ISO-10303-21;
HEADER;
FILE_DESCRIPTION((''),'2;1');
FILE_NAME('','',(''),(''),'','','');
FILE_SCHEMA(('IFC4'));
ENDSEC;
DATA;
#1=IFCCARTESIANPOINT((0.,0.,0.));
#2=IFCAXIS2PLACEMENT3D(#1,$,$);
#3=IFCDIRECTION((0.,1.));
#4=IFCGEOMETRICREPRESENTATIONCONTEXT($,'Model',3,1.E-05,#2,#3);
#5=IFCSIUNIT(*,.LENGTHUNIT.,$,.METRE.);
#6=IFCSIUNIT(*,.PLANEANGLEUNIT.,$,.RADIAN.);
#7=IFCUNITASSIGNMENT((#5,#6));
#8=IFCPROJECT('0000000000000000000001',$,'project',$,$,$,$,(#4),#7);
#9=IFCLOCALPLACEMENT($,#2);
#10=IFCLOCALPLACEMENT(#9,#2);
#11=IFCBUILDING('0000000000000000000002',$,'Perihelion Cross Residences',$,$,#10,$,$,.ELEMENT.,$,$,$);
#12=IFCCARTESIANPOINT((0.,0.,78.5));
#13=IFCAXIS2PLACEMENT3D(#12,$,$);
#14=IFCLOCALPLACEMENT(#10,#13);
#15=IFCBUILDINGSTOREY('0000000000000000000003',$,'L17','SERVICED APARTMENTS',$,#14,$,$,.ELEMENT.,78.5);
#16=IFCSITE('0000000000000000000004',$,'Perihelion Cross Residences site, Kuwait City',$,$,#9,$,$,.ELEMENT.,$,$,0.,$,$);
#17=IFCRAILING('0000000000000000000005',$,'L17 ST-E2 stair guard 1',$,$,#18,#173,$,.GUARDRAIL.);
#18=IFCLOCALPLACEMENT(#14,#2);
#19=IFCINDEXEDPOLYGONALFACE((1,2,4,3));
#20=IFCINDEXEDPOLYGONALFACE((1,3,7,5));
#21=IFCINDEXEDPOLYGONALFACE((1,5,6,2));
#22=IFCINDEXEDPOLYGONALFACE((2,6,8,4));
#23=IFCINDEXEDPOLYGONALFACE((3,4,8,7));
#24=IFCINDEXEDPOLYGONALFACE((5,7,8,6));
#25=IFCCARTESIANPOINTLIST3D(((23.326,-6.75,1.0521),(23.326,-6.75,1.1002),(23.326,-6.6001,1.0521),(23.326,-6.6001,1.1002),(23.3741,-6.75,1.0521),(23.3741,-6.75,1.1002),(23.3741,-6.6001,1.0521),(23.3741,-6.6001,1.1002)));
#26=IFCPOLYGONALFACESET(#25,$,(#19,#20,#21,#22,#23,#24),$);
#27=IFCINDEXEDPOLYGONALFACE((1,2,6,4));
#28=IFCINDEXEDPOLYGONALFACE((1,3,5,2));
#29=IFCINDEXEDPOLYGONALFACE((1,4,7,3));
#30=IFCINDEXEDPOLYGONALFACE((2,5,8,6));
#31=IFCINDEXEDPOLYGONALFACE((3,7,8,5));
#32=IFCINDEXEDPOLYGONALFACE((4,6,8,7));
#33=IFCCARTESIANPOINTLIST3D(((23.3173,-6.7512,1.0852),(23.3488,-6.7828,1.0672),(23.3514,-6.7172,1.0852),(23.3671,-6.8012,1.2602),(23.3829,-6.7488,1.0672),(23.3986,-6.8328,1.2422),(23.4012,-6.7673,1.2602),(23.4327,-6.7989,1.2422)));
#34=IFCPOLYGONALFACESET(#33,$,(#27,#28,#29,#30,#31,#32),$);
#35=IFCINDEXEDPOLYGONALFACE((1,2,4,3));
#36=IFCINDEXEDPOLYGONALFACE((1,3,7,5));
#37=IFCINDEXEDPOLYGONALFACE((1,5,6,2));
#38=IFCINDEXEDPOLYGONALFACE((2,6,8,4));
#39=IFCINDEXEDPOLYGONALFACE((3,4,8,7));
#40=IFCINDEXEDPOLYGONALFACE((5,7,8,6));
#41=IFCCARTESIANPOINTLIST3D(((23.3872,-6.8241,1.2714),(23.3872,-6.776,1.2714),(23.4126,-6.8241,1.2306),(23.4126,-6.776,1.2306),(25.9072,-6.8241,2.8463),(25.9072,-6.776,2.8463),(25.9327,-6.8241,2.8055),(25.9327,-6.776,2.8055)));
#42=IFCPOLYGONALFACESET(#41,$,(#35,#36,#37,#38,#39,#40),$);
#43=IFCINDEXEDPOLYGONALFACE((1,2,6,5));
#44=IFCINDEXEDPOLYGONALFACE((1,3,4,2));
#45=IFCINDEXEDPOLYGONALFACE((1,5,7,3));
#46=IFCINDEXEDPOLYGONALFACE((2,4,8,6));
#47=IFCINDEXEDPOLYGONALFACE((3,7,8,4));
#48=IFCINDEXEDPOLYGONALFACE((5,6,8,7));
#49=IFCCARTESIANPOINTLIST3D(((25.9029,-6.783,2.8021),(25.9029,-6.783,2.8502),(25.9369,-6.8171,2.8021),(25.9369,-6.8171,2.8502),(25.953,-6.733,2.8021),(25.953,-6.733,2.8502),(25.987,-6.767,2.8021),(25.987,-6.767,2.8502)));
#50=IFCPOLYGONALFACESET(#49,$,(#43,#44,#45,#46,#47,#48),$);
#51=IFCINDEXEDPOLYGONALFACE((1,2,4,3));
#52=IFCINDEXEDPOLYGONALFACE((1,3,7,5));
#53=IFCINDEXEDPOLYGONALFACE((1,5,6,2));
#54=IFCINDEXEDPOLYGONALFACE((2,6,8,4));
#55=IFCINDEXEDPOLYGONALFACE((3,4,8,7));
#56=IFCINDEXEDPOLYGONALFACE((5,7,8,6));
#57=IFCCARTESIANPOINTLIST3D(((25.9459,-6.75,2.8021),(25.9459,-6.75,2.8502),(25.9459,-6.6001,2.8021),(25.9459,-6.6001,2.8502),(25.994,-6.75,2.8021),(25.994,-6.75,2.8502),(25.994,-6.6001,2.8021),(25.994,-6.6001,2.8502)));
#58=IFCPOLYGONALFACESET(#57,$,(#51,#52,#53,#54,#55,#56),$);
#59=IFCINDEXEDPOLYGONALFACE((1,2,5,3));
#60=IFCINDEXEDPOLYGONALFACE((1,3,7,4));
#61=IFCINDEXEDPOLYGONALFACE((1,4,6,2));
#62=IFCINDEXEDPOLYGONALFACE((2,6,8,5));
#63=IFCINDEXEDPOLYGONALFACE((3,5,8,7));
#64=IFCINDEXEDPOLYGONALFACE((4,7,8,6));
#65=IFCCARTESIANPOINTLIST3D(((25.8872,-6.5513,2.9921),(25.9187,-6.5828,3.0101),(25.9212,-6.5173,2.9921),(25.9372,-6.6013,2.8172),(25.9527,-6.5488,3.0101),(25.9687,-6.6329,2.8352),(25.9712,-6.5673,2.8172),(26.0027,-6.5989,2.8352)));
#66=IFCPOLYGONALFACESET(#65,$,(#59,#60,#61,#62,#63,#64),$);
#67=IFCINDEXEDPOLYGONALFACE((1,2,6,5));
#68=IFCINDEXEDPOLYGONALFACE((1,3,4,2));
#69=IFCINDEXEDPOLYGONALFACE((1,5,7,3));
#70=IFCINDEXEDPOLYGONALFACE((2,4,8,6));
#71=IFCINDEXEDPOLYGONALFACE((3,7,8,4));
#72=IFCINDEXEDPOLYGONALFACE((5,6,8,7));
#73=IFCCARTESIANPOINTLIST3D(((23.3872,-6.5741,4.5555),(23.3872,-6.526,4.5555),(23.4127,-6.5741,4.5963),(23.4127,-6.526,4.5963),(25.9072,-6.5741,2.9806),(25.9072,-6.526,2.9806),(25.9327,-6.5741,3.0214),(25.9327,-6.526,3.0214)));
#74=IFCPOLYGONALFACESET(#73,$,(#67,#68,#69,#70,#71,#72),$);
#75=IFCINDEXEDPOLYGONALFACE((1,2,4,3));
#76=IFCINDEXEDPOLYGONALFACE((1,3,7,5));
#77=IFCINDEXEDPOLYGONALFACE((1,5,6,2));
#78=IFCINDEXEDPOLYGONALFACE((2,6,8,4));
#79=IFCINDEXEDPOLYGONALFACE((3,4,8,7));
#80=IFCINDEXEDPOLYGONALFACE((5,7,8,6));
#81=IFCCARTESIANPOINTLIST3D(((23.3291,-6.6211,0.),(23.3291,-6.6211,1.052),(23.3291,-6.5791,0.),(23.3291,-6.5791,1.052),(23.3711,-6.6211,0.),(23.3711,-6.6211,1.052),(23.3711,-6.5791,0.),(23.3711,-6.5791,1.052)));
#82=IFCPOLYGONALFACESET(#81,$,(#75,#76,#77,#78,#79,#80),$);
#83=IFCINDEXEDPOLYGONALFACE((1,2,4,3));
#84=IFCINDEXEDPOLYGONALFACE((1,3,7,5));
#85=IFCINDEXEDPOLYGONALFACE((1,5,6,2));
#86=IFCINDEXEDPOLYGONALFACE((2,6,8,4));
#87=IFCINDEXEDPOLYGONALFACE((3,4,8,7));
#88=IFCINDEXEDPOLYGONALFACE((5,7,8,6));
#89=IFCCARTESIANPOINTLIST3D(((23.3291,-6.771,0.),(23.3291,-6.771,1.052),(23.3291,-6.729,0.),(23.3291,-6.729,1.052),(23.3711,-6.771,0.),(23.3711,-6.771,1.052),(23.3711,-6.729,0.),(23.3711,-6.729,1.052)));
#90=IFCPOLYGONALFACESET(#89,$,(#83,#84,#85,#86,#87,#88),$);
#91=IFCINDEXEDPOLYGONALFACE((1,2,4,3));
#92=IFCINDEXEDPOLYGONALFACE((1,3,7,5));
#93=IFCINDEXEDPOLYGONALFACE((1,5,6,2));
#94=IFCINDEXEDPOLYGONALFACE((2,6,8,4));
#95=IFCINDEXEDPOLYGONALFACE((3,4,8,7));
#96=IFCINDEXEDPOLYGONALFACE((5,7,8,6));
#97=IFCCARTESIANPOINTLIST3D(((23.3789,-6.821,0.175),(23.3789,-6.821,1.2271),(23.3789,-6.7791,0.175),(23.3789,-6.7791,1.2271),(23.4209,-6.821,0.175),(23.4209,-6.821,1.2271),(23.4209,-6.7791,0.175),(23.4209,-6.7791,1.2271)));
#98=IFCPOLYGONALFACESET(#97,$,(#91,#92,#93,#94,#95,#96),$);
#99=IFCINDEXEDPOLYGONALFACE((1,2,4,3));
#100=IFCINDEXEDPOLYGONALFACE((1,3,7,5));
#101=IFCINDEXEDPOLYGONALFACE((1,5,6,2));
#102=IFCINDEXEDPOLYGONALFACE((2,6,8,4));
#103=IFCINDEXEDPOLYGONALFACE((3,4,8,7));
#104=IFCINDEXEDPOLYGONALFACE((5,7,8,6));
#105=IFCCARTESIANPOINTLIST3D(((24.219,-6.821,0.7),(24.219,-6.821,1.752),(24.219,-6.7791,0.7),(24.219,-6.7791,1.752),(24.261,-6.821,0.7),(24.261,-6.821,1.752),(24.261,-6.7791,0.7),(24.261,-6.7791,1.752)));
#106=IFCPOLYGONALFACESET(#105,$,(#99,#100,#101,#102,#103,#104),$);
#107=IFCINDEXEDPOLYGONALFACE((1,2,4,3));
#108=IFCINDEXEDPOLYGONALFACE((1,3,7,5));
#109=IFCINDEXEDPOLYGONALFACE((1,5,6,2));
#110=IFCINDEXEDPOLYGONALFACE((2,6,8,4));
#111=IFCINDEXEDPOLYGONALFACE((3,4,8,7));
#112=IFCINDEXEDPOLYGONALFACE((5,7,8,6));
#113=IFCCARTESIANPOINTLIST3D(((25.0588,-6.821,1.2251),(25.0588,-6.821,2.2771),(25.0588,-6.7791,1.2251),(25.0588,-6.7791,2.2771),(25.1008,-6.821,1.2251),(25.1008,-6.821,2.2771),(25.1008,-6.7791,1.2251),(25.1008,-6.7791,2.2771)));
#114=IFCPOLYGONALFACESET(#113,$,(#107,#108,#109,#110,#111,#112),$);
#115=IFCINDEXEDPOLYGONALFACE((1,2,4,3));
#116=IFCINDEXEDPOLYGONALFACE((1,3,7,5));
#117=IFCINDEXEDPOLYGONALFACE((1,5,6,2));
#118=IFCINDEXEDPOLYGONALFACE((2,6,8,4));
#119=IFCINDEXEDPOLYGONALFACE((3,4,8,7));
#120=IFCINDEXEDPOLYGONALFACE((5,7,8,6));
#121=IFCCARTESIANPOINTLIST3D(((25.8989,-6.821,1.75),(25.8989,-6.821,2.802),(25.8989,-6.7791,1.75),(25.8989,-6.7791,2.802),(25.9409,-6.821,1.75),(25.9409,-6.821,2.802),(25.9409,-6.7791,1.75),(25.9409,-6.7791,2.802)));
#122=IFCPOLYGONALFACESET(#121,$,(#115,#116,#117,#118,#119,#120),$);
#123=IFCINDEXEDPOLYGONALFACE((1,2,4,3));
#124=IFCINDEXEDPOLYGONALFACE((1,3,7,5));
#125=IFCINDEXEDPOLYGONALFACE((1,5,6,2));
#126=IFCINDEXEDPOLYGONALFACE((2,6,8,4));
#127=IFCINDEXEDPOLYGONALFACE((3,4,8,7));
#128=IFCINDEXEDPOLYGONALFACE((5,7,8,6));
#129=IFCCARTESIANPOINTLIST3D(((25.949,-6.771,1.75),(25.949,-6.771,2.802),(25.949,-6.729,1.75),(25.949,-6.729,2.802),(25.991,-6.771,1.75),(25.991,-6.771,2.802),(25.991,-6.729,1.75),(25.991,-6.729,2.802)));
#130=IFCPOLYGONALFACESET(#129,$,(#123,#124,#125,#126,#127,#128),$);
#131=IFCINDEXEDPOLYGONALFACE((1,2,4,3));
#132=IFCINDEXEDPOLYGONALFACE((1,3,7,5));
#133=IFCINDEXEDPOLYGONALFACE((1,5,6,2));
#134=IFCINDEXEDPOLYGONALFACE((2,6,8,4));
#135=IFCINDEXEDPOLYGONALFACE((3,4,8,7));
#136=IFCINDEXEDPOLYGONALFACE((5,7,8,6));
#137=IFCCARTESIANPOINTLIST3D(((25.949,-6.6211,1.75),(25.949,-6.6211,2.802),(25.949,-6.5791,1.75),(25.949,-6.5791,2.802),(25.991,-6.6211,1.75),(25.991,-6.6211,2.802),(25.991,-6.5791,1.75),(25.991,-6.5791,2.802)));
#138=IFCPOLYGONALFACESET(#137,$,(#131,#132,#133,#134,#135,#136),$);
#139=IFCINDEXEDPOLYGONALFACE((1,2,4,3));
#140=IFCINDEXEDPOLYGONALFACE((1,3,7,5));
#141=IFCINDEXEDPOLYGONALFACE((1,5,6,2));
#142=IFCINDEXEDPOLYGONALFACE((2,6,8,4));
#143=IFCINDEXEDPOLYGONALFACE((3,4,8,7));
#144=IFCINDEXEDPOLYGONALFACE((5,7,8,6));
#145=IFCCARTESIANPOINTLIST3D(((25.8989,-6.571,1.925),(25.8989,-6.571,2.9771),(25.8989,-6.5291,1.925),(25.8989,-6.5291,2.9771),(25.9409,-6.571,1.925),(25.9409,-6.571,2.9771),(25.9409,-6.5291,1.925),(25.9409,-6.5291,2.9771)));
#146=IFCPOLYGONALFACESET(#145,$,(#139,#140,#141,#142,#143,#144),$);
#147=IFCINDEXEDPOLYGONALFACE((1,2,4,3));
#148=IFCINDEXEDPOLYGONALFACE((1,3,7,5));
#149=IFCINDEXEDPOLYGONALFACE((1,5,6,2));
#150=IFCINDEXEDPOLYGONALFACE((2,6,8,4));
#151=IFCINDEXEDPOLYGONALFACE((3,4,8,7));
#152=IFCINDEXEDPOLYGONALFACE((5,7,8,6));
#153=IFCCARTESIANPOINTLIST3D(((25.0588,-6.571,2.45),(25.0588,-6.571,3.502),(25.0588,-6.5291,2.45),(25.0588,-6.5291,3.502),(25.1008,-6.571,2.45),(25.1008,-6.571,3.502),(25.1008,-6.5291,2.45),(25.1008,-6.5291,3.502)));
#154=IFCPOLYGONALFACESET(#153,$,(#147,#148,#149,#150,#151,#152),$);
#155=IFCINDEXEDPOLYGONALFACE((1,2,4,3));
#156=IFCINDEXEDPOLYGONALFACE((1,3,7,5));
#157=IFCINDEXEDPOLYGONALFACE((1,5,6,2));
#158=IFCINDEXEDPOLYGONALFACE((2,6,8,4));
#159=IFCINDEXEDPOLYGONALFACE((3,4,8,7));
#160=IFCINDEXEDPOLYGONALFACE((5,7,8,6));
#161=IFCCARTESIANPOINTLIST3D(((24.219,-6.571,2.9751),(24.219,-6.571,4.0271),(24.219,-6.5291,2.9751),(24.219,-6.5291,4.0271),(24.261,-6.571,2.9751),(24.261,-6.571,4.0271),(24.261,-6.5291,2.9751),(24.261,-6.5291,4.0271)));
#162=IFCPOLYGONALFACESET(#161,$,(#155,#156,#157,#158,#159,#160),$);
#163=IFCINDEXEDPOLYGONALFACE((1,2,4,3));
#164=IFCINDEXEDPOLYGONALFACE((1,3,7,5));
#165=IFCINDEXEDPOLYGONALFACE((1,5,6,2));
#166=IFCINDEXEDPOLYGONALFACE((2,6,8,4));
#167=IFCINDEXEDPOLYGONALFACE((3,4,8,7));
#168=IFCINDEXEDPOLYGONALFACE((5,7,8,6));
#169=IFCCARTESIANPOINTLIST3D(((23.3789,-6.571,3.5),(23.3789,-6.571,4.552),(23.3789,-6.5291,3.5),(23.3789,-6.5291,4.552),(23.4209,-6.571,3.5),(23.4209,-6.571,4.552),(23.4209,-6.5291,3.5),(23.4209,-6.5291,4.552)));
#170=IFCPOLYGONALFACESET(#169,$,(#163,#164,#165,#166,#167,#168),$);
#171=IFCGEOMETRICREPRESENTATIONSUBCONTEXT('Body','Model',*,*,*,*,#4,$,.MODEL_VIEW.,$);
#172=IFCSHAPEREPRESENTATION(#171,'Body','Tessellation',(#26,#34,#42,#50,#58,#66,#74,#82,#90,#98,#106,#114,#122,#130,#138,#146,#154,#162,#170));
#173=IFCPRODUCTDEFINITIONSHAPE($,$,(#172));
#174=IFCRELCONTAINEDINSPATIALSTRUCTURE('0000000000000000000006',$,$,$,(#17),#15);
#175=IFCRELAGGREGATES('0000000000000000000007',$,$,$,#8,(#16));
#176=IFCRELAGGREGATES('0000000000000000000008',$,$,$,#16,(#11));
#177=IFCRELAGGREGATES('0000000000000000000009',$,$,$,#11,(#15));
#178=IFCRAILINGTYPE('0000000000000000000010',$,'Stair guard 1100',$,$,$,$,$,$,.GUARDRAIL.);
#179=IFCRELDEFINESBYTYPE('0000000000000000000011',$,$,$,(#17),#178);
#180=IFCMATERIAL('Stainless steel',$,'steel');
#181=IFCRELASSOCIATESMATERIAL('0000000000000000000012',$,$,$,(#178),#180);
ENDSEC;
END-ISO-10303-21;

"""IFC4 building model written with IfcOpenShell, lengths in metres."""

from ifc_helpers import new_model, si_unit, direction, frame, origin, origin_2d, place, context, subcontext, project, spatial, rectangle, extrude, material, type_object, element, save


model = new_model("IFC4")

# Units and contexts
model_context = context("Model", 3, precision=1e-05, world=origin(), true_north=direction((0.0, 1.0)))
body_context = subcontext(model_context, "Body", "Model", "MODEL_VIEW")
ifc_project = project(units=[si_unit("LENGTHUNIT", "METRE"), si_unit("PLANEANGLEUNIT", "RADIAN")], contexts=[model_context])

# Site, building, storey
site_placement = place(None, origin())
site = spatial("IfcSite", under=ifc_project, at=site_placement, Name="Perihelion Cross Residences site, Kuwait City", CompositionType="ELEMENT", RefElevation=0.0)
building_placement = place(site_placement, origin())
building = spatial("IfcBuilding", under=site, at=building_placement, Name="Perihelion Cross Residences", CompositionType="ELEMENT")
storey_placement = place(building_placement, frame((0.0, 0.0, 78.5)))
storey = spatial("IfcBuildingStorey", under=building, at=storey_placement, Name="L17", Description="SERVICED APARTMENTS", CompositionType="ELEMENT", Elevation=78.5)

# Railing
ifc_material_1 = material(Name="Stainless steel", Category="steel")
railing_type_1 = type_object("IfcRailingType", Name="Stair guard 1100", PredefinedType="GUARDRAIL", material=ifc_material_1)
railing_1_placement = place(storey_placement, frame((23.3501, -6.6001, 0.0)))
element("IfcRailing", 1, at=railing_1_placement, inside=storey, type_object=railing_type_1, Name="L17 ST-E2 stair guard 1", PredefinedType="GUARDRAIL", context=body_context, shape_type="SweptSolid", body=[
    extrude(rectangle(XDim=0.0481, YDim=0.0481, at=origin_2d()), frame((0.0, 0.0, 1.0762), z_axis=(0.0, -1.0, 0.0), x_axis=(1.0, 0.0, 0.0)), (0.0, 0.0, 1.0), 0.1499),
    extrude(rectangle(XDim=0.0481, YDim=0.0481, at=origin_2d()), frame((0.0, -0.1499, 1.0762), z_axis=(0.263862, -0.265156, 0.927399), x_axis=(0.708834, 0.705376, 0.0)), (0.0, 0.0, 1.0), 0.1887),
    extrude(rectangle(XDim=0.0481, YDim=0.0481, at=origin_2d()), frame((0.0498, -0.2, 1.251), z_axis=(0.848008, 0.0, 0.529984), x_axis=(0.0, 1.0, 0.0)), (0.0, 0.0, 1.0), 2.9717),
    extrude(rectangle(XDim=0.0481, YDim=0.0481, at=origin_2d()), frame((2.5698, -0.2, 2.8262), z_axis=(0.707107, 0.707107, 0.0), x_axis=(-0.707107, 0.707107, 0.0)), (0.0, 0.0, 1.0), 0.0708),
    extrude(rectangle(XDim=0.0481, YDim=0.0481, at=origin_2d()), frame((2.6199, -0.1499, 2.8262), z_axis=(0.0, 1.0, 0.0), x_axis=(-1.0, 0.0, 0.0)), (0.0, 0.0, 1.0), 0.1499),
    extrude(rectangle(XDim=0.0481, YDim=0.0481, at=origin_2d()), frame((2.6199, 0.0, 2.8262), z_axis=(-0.265065, 0.265065, 0.927082), x_axis=(-0.707107, -0.707107, 0.0)), (0.0, 0.0, 1.0), 0.1887),
    extrude(rectangle(XDim=0.0481, YDim=0.0481, at=origin_2d()), frame((2.5698, 0.05, 3.001), z_axis=(-0.848008, 0.0, 0.529984), x_axis=(0.0, -1.0, 0.0)), (0.0, 0.0, 1.0), 2.9717),
    extrude(rectangle(XDim=0.042, YDim=0.042, at=origin_2d()), origin(), (0.0, 0.0, 1.0), 1.052),
    extrude(rectangle(XDim=0.042, YDim=0.042, at=origin_2d()), frame((0.0, -0.1499, 0.0)), (0.0, 0.0, 1.0), 1.052),
    extrude(rectangle(XDim=0.042, YDim=0.042, at=origin_2d()), frame((0.0498, -0.2, 0.175)), (0.0, 0.0, 1.0), 1.052),
    extrude(rectangle(XDim=0.042, YDim=0.042, at=origin_2d()), frame((0.8899, -0.2, 0.7)), (0.0, 0.0, 1.0), 1.052),
    extrude(rectangle(XDim=0.042, YDim=0.042, at=origin_2d()), frame((1.7297, -0.2, 1.2251)), (0.0, 0.0, 1.0), 1.052),
    extrude(rectangle(XDim=0.042, YDim=0.042, at=origin_2d()), frame((2.5698, -0.2, 1.75)), (0.0, 0.0, 1.0), 1.052),
    extrude(rectangle(XDim=0.042, YDim=0.042, at=origin_2d()), frame((2.6199, -0.1499, 1.75)), (0.0, 0.0, 1.0), 1.052),
    extrude(rectangle(XDim=0.042, YDim=0.042, at=origin_2d()), frame((2.6199, 0.0, 1.75)), (0.0, 0.0, 1.0), 1.052),
    extrude(rectangle(XDim=0.042, YDim=0.042, at=origin_2d()), frame((2.5698, 0.05, 1.925)), (0.0, 0.0, 1.0), 1.052),
    extrude(rectangle(XDim=0.042, YDim=0.042, at=origin_2d()), frame((1.7297, 0.05, 2.45)), (0.0, 0.0, 1.0), 1.052),
    extrude(rectangle(XDim=0.042, YDim=0.042, at=origin_2d()), frame((0.8899, 0.05, 2.9751)), (0.0, 0.0, 1.0), 1.052),
    extrude(rectangle(XDim=0.042, YDim=0.042, at=origin_2d()), frame((0.0498, 0.05, 3.5)), (0.0, 0.0, 1.0), 1.052),
])

save(model, "model.ifc")
